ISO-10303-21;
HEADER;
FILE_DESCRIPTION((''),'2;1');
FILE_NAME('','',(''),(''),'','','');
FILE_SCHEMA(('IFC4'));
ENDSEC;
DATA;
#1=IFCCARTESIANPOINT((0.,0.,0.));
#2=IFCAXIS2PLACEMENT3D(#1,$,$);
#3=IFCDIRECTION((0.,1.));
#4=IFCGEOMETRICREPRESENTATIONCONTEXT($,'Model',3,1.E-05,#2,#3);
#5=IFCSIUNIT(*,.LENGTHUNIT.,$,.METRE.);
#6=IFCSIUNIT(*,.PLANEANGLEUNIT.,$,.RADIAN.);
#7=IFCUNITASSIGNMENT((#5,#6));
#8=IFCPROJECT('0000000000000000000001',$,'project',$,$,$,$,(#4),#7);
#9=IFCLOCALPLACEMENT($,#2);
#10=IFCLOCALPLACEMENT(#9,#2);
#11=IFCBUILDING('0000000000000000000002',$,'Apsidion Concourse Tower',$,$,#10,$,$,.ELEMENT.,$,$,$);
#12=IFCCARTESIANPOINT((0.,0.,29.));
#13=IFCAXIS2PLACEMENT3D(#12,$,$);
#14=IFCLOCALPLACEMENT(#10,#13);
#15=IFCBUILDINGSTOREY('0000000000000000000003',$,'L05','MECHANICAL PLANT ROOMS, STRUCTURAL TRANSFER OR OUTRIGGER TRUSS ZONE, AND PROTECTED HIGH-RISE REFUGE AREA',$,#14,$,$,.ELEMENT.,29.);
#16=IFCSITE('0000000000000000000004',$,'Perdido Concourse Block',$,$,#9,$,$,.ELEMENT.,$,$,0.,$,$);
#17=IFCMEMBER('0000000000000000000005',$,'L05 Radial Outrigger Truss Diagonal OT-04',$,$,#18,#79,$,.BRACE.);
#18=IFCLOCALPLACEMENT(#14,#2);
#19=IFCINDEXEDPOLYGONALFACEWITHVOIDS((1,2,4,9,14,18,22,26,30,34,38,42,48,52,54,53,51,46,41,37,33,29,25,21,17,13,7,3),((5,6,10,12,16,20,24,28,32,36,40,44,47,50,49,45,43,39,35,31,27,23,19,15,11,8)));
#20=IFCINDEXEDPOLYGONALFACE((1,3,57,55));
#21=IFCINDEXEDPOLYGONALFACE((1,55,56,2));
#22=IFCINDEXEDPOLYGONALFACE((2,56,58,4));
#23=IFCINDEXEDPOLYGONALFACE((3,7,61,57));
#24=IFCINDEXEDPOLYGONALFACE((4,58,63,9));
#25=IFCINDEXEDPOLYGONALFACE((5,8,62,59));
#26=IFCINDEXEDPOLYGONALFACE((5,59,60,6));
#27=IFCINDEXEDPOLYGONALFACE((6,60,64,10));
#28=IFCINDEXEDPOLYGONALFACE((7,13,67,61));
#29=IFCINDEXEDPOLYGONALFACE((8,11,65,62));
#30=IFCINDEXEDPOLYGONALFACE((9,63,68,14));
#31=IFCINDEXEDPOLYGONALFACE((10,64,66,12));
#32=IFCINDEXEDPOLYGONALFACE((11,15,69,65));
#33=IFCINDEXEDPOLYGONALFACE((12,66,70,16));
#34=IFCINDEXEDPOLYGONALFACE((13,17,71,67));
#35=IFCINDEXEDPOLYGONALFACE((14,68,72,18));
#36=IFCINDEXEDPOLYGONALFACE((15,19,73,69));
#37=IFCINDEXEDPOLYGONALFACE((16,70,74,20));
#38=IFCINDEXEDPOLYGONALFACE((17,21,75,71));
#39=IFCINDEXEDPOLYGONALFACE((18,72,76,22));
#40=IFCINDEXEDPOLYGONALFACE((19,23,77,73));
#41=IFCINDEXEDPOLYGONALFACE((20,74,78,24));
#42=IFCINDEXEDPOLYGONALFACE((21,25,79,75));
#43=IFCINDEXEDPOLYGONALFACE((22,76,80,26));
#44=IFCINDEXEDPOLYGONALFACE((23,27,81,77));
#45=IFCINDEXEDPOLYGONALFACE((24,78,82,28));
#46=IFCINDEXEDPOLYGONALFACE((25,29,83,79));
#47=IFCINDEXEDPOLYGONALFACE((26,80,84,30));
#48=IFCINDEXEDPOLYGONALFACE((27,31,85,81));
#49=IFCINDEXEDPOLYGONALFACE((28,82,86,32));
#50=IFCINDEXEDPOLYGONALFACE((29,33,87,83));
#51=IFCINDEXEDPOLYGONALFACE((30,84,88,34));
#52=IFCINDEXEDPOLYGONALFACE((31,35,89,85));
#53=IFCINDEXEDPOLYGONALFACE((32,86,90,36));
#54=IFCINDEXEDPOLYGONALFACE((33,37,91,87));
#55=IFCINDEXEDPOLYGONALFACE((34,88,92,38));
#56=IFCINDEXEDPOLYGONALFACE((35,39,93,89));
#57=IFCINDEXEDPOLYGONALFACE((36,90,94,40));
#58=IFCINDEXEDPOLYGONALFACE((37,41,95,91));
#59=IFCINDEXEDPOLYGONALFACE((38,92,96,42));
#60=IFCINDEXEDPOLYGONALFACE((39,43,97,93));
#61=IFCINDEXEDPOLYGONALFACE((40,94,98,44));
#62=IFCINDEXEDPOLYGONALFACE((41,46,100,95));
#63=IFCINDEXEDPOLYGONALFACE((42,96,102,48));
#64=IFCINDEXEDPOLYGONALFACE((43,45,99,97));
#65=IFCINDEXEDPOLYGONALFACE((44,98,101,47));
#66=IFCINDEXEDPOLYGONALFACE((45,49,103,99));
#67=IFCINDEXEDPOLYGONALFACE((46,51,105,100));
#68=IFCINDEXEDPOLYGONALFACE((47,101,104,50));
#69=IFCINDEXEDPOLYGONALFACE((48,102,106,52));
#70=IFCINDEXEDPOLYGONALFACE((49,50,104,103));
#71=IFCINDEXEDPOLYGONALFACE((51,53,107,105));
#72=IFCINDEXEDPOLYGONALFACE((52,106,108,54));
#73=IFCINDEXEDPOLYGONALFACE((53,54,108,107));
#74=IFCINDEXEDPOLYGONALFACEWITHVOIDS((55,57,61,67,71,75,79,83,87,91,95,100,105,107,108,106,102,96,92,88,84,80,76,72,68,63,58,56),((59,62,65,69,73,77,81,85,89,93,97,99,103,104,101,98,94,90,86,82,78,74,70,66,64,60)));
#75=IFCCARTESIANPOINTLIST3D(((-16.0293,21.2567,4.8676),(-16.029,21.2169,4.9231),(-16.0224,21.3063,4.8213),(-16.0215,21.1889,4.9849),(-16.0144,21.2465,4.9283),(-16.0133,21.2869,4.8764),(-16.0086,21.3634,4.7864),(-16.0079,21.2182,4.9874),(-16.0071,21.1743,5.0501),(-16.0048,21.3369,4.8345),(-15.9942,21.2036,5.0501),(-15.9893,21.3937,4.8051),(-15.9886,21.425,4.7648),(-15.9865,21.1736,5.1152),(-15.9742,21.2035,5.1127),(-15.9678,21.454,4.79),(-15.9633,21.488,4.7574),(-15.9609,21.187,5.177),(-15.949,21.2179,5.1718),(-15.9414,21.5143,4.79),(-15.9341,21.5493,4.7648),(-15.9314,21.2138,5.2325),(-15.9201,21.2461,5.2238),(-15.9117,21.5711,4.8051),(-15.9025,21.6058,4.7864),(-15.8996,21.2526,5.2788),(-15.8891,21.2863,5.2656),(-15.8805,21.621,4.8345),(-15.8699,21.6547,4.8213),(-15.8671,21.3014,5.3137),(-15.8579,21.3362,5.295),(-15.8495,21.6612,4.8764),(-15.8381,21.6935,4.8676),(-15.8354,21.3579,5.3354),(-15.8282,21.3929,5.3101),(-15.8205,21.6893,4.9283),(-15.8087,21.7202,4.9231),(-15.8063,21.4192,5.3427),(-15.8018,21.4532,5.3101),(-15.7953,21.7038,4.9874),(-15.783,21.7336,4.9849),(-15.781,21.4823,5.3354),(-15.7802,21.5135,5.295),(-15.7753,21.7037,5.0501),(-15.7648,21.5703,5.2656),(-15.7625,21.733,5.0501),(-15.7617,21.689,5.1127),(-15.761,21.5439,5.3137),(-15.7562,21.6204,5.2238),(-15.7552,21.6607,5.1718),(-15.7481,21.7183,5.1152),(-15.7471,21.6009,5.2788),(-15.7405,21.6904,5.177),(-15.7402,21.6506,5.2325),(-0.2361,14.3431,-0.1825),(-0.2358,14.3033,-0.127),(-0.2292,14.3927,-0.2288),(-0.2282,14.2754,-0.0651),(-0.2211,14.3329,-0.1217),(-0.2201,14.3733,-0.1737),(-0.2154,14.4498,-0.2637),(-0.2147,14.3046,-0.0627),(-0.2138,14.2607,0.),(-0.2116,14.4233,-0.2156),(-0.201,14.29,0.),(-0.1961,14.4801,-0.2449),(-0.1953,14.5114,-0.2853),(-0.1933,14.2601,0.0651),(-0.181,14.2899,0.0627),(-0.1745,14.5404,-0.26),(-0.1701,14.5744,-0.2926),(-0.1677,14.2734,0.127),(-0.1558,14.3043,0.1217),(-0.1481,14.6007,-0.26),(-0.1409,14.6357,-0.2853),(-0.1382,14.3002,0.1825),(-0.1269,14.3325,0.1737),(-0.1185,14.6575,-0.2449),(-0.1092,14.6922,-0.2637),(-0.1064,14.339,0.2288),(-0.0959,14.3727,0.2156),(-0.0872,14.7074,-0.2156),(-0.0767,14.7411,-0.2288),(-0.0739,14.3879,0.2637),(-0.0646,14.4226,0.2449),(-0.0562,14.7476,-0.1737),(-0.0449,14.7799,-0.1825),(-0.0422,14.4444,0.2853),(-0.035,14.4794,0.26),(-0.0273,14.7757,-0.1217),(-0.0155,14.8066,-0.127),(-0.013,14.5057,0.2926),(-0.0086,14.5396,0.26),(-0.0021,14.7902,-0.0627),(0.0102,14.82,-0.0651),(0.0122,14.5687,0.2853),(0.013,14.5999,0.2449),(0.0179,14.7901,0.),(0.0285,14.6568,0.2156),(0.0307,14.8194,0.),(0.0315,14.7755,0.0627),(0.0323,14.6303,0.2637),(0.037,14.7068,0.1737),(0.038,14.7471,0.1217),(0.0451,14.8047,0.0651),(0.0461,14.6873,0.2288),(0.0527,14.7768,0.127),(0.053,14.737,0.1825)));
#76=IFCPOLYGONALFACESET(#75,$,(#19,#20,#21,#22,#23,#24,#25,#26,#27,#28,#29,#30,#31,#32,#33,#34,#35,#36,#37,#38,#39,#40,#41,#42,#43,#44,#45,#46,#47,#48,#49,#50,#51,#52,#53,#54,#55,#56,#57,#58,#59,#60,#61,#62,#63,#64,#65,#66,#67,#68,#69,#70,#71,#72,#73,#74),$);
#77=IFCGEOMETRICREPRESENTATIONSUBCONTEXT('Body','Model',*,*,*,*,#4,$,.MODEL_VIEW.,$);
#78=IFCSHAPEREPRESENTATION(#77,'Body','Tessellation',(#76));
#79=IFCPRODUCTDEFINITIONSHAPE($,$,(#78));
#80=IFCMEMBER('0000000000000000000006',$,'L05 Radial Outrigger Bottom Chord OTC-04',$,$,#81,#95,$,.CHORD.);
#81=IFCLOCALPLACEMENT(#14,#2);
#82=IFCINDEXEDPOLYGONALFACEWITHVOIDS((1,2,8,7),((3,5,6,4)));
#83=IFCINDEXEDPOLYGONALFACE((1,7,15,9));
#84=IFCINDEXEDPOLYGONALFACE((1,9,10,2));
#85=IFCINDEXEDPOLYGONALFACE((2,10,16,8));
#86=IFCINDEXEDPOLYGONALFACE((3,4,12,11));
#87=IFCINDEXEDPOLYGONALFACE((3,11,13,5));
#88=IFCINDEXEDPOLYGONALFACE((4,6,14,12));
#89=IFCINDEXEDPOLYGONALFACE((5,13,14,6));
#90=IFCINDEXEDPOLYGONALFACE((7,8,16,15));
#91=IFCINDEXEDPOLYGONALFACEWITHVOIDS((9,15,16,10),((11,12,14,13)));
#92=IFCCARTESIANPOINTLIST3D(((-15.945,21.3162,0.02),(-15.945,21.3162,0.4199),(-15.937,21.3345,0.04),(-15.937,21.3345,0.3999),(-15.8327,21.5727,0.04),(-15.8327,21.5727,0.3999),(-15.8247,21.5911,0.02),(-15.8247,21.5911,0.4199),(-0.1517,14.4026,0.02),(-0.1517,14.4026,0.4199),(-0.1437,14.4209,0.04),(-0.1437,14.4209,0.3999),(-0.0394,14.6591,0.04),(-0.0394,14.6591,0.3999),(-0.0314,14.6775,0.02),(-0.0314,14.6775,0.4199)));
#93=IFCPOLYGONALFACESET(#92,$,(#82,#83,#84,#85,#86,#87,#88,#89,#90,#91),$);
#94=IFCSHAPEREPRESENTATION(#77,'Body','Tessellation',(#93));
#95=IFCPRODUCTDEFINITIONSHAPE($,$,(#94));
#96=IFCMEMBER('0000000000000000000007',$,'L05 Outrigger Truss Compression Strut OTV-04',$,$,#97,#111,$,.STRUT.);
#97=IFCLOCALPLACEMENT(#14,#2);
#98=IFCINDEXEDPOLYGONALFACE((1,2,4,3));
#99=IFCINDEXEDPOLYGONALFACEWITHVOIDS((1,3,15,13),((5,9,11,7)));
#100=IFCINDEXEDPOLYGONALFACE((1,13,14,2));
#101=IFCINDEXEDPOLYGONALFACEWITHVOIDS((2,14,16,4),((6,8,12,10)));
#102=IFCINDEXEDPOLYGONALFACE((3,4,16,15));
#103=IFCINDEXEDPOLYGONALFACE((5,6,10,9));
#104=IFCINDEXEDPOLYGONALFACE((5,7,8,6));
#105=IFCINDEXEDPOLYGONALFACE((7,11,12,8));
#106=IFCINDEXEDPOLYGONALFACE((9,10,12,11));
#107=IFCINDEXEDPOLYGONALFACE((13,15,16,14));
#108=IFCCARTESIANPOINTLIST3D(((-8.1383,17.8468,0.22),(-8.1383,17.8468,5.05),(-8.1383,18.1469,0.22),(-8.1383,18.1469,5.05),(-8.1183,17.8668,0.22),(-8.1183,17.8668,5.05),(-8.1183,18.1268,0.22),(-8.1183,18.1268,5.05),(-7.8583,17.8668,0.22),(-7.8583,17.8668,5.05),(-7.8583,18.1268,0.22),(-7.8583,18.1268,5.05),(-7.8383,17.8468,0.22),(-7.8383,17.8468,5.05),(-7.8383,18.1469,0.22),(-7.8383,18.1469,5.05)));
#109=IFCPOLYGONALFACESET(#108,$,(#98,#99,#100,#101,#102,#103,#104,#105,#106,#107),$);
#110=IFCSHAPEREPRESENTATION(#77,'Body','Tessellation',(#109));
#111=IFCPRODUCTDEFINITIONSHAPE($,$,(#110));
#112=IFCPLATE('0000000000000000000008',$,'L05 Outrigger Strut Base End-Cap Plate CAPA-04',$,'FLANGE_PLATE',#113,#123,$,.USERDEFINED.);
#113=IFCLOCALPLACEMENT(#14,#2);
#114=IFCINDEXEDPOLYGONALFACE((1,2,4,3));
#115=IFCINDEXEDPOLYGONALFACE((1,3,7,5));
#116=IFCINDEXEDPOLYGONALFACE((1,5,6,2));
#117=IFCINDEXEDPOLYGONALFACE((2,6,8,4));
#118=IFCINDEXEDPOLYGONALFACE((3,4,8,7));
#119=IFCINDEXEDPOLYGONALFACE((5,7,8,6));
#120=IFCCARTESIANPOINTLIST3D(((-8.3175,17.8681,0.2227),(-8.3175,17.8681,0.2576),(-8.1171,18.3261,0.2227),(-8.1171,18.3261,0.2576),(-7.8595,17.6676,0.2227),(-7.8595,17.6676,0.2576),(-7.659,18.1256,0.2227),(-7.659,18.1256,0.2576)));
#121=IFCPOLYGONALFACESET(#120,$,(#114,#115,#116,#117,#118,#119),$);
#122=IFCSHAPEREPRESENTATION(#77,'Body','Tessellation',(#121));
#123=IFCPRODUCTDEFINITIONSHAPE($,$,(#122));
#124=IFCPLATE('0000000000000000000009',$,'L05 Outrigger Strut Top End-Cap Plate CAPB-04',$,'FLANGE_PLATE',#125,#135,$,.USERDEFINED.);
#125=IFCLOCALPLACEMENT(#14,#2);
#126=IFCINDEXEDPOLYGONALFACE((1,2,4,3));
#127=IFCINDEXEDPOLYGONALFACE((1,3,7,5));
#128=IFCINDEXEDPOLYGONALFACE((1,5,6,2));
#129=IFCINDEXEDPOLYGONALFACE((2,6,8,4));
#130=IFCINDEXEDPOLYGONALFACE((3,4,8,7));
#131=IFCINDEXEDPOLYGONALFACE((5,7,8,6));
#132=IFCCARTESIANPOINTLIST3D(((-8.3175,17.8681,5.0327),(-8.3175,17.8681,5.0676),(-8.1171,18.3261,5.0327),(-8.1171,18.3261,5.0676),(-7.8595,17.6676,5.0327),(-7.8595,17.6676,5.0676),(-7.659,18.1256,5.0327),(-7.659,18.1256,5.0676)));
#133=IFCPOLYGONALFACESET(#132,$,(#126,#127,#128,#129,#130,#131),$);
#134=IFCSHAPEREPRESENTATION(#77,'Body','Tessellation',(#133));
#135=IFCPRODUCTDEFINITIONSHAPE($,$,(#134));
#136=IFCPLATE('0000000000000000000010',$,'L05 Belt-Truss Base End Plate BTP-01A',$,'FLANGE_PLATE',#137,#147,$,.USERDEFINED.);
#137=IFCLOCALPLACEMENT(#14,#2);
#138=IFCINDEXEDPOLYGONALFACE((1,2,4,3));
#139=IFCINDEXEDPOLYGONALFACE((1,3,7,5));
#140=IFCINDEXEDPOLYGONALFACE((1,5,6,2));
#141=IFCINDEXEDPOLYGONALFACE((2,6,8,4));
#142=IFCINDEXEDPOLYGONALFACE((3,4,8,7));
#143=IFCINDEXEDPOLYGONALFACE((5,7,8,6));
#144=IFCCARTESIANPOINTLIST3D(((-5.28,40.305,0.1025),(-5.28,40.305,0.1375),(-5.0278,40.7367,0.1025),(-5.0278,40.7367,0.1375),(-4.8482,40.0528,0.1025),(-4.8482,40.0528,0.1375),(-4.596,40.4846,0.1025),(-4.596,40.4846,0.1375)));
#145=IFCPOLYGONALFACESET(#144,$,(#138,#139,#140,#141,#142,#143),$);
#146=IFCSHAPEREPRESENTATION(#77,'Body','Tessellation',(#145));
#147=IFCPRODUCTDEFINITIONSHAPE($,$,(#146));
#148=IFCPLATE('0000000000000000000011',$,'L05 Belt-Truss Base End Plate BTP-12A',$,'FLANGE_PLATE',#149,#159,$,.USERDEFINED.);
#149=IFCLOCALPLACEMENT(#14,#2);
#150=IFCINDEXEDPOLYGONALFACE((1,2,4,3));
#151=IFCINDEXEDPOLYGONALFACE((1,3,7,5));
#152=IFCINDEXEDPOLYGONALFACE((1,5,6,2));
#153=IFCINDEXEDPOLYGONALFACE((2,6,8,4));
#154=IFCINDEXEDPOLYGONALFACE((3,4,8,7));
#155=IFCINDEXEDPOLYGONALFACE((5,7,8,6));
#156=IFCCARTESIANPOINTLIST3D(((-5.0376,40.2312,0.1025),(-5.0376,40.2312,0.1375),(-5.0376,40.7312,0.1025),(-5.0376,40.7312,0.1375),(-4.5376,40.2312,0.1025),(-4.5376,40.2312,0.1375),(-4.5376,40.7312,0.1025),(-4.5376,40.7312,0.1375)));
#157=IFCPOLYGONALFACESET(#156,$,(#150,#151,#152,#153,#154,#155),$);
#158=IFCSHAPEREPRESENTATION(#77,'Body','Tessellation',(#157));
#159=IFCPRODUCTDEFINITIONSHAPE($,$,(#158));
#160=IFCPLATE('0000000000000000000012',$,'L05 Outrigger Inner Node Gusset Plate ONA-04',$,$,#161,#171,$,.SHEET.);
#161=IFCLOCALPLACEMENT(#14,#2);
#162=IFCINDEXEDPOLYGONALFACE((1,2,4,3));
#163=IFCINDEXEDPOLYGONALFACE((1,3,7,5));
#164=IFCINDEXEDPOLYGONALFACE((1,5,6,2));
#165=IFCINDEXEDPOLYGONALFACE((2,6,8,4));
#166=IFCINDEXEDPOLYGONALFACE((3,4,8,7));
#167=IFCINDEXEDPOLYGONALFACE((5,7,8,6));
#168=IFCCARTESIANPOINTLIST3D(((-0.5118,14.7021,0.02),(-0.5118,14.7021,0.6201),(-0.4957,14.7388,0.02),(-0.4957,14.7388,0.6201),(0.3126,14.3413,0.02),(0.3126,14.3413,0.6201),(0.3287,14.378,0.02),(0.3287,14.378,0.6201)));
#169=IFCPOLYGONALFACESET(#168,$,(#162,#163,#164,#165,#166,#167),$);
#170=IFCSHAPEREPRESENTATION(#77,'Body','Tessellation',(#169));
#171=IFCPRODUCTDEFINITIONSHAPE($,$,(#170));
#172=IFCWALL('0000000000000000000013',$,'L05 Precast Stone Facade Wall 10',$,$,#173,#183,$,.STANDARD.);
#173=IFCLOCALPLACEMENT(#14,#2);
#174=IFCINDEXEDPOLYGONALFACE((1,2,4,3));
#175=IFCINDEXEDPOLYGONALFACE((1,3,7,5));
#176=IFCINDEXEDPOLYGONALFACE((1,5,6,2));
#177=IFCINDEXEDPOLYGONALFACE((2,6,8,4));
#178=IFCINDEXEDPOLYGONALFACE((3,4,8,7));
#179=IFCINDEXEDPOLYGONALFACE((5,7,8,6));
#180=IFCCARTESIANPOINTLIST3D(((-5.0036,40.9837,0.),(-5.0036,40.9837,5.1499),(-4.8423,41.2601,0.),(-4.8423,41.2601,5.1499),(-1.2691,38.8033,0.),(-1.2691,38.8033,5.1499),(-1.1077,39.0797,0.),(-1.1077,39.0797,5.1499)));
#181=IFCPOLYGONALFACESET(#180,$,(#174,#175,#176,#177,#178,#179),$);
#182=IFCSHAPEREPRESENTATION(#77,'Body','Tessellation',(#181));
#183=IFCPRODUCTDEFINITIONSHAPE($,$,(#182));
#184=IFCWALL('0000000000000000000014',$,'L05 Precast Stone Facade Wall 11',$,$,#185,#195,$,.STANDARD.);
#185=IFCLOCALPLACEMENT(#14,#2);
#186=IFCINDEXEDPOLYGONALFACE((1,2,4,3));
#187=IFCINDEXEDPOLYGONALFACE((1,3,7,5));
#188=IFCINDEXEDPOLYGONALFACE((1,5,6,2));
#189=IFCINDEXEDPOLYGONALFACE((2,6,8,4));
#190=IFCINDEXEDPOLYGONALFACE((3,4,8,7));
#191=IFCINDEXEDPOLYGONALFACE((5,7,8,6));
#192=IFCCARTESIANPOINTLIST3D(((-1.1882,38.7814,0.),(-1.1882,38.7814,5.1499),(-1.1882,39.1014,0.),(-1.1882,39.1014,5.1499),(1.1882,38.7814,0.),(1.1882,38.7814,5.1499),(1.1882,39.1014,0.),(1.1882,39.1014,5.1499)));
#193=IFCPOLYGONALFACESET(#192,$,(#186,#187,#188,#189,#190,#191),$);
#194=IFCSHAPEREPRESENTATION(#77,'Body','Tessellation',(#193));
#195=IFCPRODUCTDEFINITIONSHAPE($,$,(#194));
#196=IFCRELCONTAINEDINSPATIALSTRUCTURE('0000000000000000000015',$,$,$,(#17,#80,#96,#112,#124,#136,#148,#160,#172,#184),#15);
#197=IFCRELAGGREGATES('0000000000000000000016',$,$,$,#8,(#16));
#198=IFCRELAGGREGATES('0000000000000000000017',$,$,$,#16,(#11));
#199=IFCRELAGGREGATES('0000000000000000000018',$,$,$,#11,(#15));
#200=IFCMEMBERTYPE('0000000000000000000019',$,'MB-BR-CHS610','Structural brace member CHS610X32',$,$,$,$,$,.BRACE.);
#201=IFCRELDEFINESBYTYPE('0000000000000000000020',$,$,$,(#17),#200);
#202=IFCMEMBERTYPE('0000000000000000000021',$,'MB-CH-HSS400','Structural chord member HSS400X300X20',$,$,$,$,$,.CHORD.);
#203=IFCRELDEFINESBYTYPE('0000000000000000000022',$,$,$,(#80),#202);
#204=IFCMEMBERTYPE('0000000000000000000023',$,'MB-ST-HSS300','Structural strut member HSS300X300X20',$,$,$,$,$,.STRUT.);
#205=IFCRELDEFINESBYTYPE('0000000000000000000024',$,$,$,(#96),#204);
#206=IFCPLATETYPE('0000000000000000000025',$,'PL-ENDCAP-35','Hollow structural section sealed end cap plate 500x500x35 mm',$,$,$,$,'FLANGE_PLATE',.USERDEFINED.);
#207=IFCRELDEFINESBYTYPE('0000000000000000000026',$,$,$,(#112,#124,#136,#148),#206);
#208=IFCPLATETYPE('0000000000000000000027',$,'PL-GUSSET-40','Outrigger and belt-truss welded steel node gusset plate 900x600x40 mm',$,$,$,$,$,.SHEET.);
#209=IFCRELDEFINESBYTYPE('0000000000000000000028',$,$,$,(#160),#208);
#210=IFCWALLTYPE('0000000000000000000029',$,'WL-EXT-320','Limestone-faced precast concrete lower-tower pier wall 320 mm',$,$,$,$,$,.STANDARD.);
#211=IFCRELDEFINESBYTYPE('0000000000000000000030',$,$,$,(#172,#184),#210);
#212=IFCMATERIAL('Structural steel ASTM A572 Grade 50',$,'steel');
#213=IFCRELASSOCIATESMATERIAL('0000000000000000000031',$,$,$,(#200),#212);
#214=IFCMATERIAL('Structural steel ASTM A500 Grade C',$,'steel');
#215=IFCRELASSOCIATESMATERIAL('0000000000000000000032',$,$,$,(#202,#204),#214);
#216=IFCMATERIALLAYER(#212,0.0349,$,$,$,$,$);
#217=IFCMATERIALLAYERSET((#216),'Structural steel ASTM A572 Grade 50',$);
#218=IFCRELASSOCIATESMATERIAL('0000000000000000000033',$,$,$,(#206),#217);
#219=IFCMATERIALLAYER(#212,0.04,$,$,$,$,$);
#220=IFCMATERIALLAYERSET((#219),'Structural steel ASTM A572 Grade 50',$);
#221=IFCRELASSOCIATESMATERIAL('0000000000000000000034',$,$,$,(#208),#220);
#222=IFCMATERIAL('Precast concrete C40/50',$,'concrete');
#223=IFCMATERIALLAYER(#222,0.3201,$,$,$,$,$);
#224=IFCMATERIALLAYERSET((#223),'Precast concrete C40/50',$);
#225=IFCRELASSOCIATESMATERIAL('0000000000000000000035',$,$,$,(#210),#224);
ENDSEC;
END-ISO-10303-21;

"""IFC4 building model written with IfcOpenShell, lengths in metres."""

from ifc_helpers import new_model, si_unit, direction, frame, frame_2d, origin, origin_2d, place, context, subcontext, project, spatial, rectangle, hollow_rectangle, hollow_circle, extrude, material, layer, layer_set, material_profile, profile_set, type_object, element, save


model = new_model("IFC4")

# Units and contexts
model_context = context("Model", 3, precision=1e-05, world=origin(), true_north=direction((0.0, 1.0)))
body_context = subcontext(model_context, "Body", "Model", "MODEL_VIEW")
ifc_project = project(units=[si_unit("LENGTHUNIT", "METRE"), si_unit("PLANEANGLEUNIT", "RADIAN")], contexts=[model_context])

# Site, building, storey
site_placement = place(None, origin())
site = spatial("IfcSite", under=ifc_project, at=site_placement, Name="Perdido Concourse Block", CompositionType="ELEMENT", RefElevation=0.0)
building_placement = place(site_placement, origin())
building = spatial("IfcBuilding", under=site, at=building_placement, Name="Apsidion Concourse Tower", CompositionType="ELEMENT")
storey_placement = place(building_placement, frame((0.0, 0.0, 29.0)))
storey = spatial("IfcBuildingStorey", under=building, at=storey_placement, Name="L05", Description="MECHANICAL PLANT ROOMS, STRUCTURAL TRANSFER OR OUTRIGGER TRUSS ZONE, AND PROTECTED HIGH-RISE REFUGE AREA", CompositionType="ELEMENT", Elevation=29.0)

# Shared definitions
ifc_material_1 = material(Name="Structural steel ASTM A572 Grade 50", Category="steel")

# Members
ifc_material_2 = material(Name="Structural steel ASTM A500 Grade C", Category="steel")
ifc_material_profile_1 = material_profile(ifc_material_1, hollow_circle(Radius=0.3049, WallThickness=0.032, at=origin_2d()), Name="CHS610X32")
ifc_profile_set_1 = profile_set([ifc_material_profile_1], Name="Structural steel ASTM A572 Grade 50")
member_type_1 = type_object("IfcMemberType", Name="MB-BR-CHS610", Description="Structural brace member CHS610X32", PredefinedType="BRACE", material=ifc_profile_set_1)
member_1_placement = place(storey_placement, frame((-0.0916, 14.54, 0.0), z_axis=(-0.879131, 0.384845, 0.281111), x_axis=(-0.401016, -0.916071, 0.0)))
element("IfcMember", 1, at=member_1_placement, inside=storey, type_object=member_type_1, Name="L05 Radial Outrigger Truss Diagonal OT-04", PredefinedType="BRACE", context=body_context, shape_type="SweptSolid", body=[
    extrude(hollow_circle(Radius=0.3049, WallThickness=0.032, at=origin_2d()), origin(), (0.0, 0.0, 1.0), 17.9646),
])
ifc_material_profile_2 = material_profile(ifc_material_2, hollow_rectangle(XDim=0.3, YDim=0.3999, WallThickness=0.02, at=origin_2d()), Name="HSS400X300X20")
ifc_profile_set_2 = profile_set([ifc_material_profile_2], Name="Structural steel ASTM A500 Grade C")
member_type_2 = type_object("IfcMemberType", Name="MB-CH-HSS400", Description="Structural chord member HSS400X300X20", PredefinedType="CHORD", material=ifc_profile_set_2)
member_2_placement = place(storey_placement, frame((-0.0916, 14.54, 0.22), z_axis=(-0.916071, 0.401016, 0.0), x_axis=(-0.401016, -0.916071, 0.0)))
element("IfcMember", 2, at=member_2_placement, inside=storey, type_object=member_type_2, Name="L05 Radial Outrigger Bottom Chord OTC-04", PredefinedType="CHORD", context=body_context, shape_type="SweptSolid", body=[
    extrude(hollow_rectangle(XDim=0.3, YDim=0.3999, WallThickness=0.02, at=origin_2d()), origin(), (0.0, 0.0, 1.0), 17.2402),
])
ifc_material_profile_3 = material_profile(ifc_material_2, hollow_rectangle(XDim=0.3, YDim=0.3, WallThickness=0.02, at=origin_2d()), Name="HSS300X300X20")
ifc_profile_set_3 = profile_set([ifc_material_profile_3], Name="Structural steel ASTM A500 Grade C")
member_type_3 = type_object("IfcMemberType", Name="MB-ST-HSS300", Description="Structural strut member HSS300X300X20", PredefinedType="STRUT", material=ifc_profile_set_3)
member_3_placement = place(storey_placement, frame((-7.9883, 17.9968, 0.22), z_axis=(0.0, 0.0, 1.0), x_axis=(1.0, 0.0, 0.0)))
element("IfcMember", 3, at=member_3_placement, inside=storey, type_object=member_type_3, Name="L05 Outrigger Truss Compression Strut OTV-04", PredefinedType="STRUT", context=body_context, shape_type="SweptSolid", body=[
    extrude(hollow_rectangle(XDim=0.3, YDim=0.3, WallThickness=0.02, at=origin_2d()), origin(), (0.0, 0.0, 1.0), 4.8301),
])

# Plates
ifc_layer_1 = layer(ifc_material_1, 0.0349)
ifc_layer_set_1 = layer_set([ifc_layer_1], Name="Structural steel ASTM A572 Grade 50")
plate_type_1 = type_object("IfcPlateType", Name="PL-ENDCAP-35", Description="Hollow structural section sealed end cap plate 500x500x35 mm", ElementType="FLANGE_PLATE", PredefinedType="USERDEFINED", material=ifc_layer_set_1)
for number, where, z_axis, x_axis, name in (
    (4, (-7.9883, 17.9968, 0.2227), (0.0, 0.0, 1.0), (-0.916083, 0.400989, 0.0), "L05 Outrigger Strut Base End-Cap Plate CAPA-04"),
    (5, (-7.9883, 17.9968, 5.0327), (0.0, 0.0, 1.0), (-0.916083, 0.400989, 0.0), "L05 Outrigger Strut Top End-Cap Plate CAPB-04"),
    (6, (-4.938, 40.3948, 0.1025), (0.0, 0.0, 1.0), (0.504377, 0.863484, 0.0), "L05 Belt-Truss Base End Plate BTP-01A"),
    (7, (-4.7876, 40.4812, 0.1025), (0.0, 0.0, 1.0), (1.0, 0.0, 0.0), "L05 Belt-Truss Base End Plate BTP-12A"),
):
    element("IfcPlate", number, at=place(storey_placement, frame(where, z_axis=z_axis, x_axis=x_axis)), inside=storey, type_object=plate_type_1, Name=name, ObjectType="FLANGE_PLATE", PredefinedType="USERDEFINED", context=body_context, shape_type="SweptSolid", body=[
        extrude(rectangle(XDim=0.5, YDim=0.5, at=origin_2d()), origin(), (0.0, 0.0, 1.0), 0.0349),
    ])
ifc_layer_2 = layer(ifc_material_1, 0.04)
ifc_layer_set_2 = layer_set([ifc_layer_2], Name="Structural steel ASTM A572 Grade 50")
plate_type_2 = type_object("IfcPlateType", Name="PL-GUSSET-40", Description="Outrigger and belt-truss welded steel node gusset plate 900x600x40 mm", PredefinedType="SHEET", material=ifc_layer_set_2)
plate_placement = place(storey_placement, frame((-0.0916, 14.54, 0.02), z_axis=(0.0, 0.0, 1.0), x_axis=(-0.916083, 0.400989, 0.0)))
element("IfcPlate", 8, at=plate_placement, inside=storey, type_object=plate_type_2, Name="L05 Outrigger Inner Node Gusset Plate ONA-04", PredefinedType="SHEET", context=body_context, shape_type="SweptSolid", body=[
    extrude(rectangle(XDim=0.8999, YDim=0.04, at=origin_2d()), origin(), (0.0, 0.0, 1.0), 0.6001),
])

# Walls
ifc_material_3 = material(Name="Precast concrete C40/50", Category="concrete")
ifc_layer_3 = layer(ifc_material_3, 0.3201)
ifc_layer_set_3 = layer_set([ifc_layer_3], Name="Precast concrete C40/50")
wall_type_1 = type_object("IfcWallType", Name="WL-EXT-320", Description="Limestone-faced precast concrete lower-tower pier wall 320 mm", PredefinedType="STANDARD", material=ifc_layer_set_3)
wall_1_placement = place(storey_placement, frame((-4.9229, 41.1218, 0.0), z_axis=(0.0, 0.0, 1.0), x_axis=(0.863588, -0.504197, 0.0)))
element("IfcWall", 9, at=wall_1_placement, inside=storey, type_object=wall_type_1, Name="L05 Precast Stone Facade Wall 10", PredefinedType="STANDARD", context=body_context, shape_type="SweptSolid", body=[
    extrude(rectangle(XDim=4.3245, YDim=0.3201, at=frame_2d((2.1621, 0.0))), origin(), (0.0, 0.0, 1.0), 5.1499),
])
wall_2_placement = place(storey_placement, frame((-1.1882, 38.9414, 0.0), z_axis=(0.0, 0.0, 1.0), x_axis=(1.0, 0.0, 0.0)))
element("IfcWall", 10, at=wall_2_placement, inside=storey, type_object=wall_type_1, Name="L05 Precast Stone Facade Wall 11", PredefinedType="STANDARD", context=body_context, shape_type="SweptSolid", body=[
    extrude(rectangle(XDim=2.3765, YDim=0.3201, at=frame_2d((1.1882, 0.0))), origin(), (0.0, 0.0, 1.0), 5.1499),
])

save(model, "model.ifc")
